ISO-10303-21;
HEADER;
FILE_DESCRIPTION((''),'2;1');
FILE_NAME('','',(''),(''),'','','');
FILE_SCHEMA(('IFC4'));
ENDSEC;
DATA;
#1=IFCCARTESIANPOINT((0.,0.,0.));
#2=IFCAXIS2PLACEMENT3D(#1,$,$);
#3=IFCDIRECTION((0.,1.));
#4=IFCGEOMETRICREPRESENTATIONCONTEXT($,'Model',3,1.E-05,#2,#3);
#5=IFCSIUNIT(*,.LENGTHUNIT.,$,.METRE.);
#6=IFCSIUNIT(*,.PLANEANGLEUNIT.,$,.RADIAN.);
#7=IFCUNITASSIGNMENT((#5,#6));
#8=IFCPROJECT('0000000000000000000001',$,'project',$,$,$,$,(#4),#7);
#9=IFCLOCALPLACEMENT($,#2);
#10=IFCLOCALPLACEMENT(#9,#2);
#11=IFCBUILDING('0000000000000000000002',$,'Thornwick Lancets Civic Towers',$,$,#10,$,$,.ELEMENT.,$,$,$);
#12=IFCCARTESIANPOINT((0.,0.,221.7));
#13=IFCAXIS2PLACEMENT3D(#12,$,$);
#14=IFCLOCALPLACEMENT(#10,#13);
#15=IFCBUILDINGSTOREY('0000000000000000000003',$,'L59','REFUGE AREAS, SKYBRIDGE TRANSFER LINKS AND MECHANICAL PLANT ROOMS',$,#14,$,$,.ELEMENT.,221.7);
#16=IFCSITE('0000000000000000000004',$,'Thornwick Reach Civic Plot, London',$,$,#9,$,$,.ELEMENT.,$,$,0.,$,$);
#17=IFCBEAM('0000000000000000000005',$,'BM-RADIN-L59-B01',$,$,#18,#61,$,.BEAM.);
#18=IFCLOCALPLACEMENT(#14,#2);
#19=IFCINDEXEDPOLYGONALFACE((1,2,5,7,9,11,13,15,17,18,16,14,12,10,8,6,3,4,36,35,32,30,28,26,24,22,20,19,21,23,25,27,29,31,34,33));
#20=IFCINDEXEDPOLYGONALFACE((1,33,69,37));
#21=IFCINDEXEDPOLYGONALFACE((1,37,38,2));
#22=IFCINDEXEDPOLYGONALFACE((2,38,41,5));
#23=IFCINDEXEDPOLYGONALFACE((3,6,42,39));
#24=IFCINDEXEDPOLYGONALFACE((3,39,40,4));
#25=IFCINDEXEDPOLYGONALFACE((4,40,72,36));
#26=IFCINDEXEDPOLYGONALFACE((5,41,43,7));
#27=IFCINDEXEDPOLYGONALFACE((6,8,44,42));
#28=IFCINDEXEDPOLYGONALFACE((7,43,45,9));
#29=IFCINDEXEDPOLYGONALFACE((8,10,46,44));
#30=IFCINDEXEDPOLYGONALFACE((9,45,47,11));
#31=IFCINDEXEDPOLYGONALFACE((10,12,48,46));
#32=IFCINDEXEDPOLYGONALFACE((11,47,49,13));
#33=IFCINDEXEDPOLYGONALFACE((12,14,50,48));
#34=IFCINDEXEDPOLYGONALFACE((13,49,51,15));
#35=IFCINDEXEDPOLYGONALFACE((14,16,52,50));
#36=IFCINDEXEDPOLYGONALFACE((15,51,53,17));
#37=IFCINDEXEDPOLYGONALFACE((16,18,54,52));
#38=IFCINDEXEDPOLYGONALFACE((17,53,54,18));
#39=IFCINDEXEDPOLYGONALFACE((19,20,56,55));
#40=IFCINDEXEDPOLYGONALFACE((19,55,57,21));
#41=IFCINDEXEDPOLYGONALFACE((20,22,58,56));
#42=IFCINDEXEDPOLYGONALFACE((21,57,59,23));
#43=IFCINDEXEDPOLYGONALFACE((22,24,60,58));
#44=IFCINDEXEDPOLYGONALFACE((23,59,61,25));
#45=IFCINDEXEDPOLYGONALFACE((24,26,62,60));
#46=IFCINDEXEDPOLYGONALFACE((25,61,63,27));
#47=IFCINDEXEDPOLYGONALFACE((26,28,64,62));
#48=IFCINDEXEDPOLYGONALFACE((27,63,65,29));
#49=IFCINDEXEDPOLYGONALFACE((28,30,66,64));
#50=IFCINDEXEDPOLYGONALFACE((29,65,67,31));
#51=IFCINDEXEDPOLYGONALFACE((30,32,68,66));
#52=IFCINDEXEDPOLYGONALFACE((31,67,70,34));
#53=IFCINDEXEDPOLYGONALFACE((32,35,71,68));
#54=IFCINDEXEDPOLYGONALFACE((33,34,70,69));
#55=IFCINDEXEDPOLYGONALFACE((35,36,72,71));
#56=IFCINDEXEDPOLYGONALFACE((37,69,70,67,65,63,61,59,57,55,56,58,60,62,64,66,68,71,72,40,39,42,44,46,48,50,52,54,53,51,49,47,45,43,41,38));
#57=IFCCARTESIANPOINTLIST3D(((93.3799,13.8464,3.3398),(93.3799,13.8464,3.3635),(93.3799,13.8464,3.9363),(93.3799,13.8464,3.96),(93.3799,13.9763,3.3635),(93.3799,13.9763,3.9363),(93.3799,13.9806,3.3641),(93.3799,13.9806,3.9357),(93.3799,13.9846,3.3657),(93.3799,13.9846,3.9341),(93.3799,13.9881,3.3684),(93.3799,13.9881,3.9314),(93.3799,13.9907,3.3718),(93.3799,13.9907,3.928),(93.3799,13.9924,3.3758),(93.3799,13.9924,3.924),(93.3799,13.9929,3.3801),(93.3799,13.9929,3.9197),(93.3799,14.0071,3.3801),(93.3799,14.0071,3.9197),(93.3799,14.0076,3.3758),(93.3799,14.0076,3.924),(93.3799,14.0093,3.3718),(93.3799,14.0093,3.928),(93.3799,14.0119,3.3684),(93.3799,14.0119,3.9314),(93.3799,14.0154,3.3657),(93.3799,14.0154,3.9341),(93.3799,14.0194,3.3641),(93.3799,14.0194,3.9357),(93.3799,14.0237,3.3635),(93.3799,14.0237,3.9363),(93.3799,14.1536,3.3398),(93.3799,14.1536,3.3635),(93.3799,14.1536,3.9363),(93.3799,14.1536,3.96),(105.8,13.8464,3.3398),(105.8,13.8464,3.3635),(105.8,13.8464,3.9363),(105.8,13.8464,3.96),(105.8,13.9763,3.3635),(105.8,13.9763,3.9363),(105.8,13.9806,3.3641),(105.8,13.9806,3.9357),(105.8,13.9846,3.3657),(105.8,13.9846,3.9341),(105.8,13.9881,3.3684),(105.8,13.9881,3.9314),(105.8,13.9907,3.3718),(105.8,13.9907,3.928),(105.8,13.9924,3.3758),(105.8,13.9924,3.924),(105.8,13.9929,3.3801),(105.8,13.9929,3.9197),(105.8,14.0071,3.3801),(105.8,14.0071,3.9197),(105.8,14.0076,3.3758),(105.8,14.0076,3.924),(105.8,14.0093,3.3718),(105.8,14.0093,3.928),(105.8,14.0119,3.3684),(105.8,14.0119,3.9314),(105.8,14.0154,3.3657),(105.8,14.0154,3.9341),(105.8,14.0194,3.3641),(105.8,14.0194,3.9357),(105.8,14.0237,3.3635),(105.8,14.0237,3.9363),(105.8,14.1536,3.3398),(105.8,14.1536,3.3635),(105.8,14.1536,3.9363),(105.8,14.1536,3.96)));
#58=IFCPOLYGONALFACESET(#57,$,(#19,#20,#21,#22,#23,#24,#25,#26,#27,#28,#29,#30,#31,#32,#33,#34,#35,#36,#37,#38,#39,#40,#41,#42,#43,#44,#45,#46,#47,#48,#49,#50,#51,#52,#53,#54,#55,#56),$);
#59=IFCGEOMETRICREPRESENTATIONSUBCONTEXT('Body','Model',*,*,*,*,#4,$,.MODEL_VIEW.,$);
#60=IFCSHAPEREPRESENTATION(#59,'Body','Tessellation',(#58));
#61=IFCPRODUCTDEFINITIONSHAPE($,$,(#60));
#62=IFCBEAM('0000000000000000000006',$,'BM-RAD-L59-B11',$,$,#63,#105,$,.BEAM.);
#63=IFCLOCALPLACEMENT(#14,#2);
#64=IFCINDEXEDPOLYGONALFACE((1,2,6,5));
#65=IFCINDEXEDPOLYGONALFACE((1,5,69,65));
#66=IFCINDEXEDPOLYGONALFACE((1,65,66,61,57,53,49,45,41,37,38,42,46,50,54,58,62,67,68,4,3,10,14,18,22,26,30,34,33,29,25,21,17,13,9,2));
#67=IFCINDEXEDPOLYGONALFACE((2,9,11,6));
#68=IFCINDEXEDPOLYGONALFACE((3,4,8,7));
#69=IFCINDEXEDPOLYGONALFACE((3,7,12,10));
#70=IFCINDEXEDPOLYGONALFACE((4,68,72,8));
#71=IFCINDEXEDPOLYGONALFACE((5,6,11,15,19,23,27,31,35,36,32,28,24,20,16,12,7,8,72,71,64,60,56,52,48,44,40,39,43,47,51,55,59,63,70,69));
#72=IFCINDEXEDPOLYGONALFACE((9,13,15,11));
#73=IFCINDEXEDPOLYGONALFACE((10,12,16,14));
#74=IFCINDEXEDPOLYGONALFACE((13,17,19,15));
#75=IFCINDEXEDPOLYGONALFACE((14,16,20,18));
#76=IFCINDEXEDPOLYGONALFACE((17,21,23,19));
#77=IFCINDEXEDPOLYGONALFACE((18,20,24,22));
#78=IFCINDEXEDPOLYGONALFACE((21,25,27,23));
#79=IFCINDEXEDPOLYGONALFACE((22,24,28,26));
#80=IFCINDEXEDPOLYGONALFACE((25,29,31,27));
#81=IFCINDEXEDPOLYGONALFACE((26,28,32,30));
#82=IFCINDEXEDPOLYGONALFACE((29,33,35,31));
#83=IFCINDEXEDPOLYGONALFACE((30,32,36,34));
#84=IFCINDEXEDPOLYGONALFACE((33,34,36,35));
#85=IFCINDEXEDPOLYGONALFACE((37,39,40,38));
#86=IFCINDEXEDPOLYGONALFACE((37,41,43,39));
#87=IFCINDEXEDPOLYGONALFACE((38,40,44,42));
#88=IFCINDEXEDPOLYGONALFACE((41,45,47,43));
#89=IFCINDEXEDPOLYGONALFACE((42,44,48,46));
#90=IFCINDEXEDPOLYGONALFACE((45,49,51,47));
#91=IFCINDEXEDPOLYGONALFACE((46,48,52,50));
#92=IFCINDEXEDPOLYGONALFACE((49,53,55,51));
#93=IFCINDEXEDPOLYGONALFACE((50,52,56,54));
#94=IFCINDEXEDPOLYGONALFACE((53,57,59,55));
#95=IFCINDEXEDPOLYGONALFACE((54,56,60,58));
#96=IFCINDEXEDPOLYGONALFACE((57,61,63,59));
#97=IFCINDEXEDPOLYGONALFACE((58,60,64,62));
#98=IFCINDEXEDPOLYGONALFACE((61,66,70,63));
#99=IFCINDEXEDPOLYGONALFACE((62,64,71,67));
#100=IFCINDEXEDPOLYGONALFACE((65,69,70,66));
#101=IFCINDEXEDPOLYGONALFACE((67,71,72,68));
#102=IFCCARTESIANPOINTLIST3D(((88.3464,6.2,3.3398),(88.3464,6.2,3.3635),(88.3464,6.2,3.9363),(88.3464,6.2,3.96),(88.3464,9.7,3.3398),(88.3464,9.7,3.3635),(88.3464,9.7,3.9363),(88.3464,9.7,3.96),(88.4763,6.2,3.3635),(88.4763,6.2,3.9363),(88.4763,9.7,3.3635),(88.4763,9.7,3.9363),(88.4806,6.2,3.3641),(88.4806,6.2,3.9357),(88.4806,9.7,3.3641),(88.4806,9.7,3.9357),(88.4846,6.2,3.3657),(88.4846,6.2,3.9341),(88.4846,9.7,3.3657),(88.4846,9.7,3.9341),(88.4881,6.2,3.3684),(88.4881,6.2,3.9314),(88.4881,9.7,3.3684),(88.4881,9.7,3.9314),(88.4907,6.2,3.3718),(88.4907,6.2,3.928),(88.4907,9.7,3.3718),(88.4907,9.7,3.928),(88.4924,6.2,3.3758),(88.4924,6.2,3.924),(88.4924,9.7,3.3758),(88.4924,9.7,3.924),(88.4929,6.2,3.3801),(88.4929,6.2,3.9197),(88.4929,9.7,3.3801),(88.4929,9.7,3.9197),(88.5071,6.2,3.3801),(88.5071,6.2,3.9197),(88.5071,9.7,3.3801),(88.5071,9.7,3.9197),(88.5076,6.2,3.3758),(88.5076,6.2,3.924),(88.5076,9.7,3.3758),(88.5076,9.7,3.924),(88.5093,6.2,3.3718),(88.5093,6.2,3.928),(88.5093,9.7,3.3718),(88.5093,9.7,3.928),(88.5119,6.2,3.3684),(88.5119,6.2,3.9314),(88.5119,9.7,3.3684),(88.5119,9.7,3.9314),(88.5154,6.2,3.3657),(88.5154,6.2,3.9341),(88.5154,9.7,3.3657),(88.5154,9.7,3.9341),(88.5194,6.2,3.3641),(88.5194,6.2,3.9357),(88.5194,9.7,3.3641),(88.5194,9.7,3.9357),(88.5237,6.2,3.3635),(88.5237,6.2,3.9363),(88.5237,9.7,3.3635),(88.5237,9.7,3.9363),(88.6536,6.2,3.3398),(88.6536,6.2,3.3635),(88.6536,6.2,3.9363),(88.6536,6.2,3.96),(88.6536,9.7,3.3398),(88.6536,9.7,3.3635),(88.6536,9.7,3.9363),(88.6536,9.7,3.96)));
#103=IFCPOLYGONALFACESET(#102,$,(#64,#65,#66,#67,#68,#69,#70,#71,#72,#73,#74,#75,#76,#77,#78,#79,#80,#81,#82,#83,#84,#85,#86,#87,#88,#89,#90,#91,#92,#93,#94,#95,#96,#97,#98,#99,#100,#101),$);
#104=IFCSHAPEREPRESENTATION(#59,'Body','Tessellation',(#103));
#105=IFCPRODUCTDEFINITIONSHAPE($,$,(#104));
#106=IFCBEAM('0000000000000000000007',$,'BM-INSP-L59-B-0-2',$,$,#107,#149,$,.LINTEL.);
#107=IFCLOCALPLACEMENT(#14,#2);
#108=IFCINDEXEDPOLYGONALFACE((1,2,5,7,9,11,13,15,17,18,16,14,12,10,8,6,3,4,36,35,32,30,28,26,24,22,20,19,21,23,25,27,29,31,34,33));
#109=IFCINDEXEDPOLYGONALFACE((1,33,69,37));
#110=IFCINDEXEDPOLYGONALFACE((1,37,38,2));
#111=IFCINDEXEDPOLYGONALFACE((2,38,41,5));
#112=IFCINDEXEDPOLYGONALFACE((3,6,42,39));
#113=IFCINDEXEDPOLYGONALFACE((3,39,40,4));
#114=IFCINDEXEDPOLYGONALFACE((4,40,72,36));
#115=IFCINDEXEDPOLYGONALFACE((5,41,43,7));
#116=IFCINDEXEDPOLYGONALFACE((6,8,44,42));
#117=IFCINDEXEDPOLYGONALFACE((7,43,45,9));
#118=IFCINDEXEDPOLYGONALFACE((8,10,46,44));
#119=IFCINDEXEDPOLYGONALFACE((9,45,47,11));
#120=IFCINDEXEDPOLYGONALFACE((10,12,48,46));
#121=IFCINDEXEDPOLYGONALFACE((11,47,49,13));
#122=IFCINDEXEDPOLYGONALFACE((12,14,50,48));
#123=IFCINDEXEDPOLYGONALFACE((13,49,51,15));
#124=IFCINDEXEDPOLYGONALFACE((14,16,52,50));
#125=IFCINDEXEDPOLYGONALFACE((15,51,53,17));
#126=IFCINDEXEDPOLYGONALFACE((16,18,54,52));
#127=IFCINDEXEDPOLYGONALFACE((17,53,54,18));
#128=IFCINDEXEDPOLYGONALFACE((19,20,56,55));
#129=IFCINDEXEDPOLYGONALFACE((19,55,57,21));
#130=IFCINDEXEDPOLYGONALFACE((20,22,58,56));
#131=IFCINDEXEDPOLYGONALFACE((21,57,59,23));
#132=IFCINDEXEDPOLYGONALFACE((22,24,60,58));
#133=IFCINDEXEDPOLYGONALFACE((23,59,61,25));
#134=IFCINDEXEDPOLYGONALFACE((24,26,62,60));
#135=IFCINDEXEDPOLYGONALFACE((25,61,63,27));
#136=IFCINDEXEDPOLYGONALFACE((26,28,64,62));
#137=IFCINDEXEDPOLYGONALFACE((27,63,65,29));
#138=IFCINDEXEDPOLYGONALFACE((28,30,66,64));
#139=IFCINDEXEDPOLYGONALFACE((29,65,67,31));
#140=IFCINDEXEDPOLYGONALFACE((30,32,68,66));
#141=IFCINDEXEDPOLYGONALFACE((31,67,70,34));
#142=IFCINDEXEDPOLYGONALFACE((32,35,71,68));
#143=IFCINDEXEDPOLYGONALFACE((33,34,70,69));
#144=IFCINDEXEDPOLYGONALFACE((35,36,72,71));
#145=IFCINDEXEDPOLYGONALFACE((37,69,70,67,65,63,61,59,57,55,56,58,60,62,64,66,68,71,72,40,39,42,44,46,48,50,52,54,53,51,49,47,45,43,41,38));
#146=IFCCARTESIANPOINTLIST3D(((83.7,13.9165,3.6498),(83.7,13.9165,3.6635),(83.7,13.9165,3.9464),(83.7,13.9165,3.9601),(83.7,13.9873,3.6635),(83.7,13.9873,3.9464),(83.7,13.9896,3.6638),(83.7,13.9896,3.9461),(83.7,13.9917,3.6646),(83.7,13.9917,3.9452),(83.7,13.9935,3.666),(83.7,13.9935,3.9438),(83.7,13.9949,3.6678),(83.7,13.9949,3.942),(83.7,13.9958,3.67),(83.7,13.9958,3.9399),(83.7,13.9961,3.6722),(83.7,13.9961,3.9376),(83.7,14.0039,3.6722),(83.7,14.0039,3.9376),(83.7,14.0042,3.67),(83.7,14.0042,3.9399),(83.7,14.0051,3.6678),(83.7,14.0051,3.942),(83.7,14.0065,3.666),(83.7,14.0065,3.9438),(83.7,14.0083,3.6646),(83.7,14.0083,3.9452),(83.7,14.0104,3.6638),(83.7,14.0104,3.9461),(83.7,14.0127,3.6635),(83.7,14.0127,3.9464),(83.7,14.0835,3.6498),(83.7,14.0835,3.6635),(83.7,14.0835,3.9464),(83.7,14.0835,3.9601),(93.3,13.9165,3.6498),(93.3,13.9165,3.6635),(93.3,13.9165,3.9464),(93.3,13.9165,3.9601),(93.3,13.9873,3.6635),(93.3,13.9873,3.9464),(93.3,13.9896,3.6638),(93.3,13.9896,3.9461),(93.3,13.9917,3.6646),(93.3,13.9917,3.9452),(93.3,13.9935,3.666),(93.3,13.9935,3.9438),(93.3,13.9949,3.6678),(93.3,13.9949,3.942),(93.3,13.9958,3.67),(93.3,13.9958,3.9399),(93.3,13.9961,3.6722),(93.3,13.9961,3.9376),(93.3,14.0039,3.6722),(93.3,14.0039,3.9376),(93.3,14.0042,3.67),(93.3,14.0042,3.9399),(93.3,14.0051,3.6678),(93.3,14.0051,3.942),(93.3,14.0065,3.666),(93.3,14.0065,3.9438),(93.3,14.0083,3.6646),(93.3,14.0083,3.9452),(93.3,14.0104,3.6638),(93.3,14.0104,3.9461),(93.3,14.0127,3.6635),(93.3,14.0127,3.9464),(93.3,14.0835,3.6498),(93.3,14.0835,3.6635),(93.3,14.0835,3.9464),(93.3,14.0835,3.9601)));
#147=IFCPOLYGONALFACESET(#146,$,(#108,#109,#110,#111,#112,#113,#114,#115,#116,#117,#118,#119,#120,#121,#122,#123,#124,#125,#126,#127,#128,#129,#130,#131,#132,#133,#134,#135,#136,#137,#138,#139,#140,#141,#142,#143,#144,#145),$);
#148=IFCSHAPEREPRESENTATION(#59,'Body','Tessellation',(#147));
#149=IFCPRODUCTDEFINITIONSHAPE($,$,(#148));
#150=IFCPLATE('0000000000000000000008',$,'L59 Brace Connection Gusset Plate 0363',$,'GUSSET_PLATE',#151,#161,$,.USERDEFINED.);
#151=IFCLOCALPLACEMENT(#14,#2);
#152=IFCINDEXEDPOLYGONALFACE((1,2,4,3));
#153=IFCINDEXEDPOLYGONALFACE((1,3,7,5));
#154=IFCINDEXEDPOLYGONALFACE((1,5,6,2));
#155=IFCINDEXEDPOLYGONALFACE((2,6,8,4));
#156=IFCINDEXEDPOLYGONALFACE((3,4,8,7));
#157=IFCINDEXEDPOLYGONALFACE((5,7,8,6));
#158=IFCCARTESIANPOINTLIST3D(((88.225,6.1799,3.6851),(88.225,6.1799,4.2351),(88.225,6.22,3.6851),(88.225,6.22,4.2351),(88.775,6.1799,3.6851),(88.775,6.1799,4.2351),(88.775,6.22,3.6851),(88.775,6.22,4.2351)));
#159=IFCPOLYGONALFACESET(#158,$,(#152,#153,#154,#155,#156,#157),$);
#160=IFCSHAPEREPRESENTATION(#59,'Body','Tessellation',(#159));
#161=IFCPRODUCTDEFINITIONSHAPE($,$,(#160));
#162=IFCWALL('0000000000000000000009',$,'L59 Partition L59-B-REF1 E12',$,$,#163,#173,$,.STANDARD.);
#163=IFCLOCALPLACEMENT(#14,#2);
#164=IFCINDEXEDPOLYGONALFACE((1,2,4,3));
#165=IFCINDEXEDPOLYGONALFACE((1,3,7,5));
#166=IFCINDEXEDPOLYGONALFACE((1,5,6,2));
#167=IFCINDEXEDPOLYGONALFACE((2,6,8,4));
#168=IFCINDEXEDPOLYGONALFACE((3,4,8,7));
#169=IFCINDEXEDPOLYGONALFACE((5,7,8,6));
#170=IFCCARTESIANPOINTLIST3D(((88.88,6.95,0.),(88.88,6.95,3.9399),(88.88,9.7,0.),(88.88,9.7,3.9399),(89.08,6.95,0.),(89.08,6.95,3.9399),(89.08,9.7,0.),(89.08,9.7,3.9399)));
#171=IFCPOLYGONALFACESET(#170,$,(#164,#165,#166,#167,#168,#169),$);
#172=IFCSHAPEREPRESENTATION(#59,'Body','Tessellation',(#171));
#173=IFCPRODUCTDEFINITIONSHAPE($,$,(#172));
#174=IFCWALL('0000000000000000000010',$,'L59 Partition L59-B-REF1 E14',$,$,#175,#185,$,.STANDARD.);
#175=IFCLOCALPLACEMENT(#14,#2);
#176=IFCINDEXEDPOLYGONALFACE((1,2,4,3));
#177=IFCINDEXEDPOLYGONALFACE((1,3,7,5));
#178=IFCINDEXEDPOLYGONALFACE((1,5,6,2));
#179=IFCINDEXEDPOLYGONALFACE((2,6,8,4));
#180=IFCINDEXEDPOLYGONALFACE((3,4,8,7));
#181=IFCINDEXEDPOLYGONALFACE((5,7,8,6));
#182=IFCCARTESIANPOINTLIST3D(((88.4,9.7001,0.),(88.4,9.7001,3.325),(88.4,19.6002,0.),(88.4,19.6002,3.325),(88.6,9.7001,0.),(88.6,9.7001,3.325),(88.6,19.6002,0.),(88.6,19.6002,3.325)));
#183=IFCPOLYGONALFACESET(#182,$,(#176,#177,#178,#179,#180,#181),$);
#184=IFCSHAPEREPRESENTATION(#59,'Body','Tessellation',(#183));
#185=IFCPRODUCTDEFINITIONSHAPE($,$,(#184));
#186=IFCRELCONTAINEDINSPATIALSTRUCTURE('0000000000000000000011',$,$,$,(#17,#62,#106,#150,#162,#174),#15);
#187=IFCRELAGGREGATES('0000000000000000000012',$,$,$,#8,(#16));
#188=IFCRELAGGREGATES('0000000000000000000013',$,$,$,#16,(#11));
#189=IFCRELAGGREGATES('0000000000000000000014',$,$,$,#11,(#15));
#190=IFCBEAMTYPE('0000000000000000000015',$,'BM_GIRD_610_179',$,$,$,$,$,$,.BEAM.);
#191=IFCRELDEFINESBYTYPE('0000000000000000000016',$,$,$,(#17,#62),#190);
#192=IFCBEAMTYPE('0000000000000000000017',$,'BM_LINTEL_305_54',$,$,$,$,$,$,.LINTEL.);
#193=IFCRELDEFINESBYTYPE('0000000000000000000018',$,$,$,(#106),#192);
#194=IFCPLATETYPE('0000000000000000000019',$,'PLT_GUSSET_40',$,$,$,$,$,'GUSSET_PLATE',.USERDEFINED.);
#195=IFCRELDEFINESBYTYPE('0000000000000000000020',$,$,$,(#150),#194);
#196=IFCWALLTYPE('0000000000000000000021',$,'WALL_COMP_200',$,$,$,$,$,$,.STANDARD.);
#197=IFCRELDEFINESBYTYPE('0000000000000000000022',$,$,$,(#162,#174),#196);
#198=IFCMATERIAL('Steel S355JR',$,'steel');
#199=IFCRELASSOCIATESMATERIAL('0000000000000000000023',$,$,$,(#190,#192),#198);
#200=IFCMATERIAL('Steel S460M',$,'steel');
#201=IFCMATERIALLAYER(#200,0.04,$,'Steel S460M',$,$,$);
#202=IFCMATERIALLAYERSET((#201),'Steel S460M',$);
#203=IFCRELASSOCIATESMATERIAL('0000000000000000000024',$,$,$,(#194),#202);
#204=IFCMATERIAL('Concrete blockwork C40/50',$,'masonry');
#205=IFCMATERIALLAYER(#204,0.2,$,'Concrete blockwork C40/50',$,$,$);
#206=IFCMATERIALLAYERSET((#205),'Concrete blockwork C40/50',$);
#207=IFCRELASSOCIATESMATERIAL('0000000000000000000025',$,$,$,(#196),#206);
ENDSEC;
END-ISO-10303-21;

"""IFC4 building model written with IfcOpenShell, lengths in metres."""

from ifc_helpers import new_model, si_unit, direction, frame, frame_2d, origin, origin_2d, place, context, subcontext, project, spatial, rectangle, i_section, extrude, material, layer, layer_set, material_profile, profile_set, type_object, element, save


model = new_model("IFC4")

# Units and contexts
model_context = context("Model", 3, precision=1e-05, world=origin(), true_north=direction((0.0, 1.0)))
body_context = subcontext(model_context, "Body", "Model", "MODEL_VIEW")
ifc_project = project(units=[si_unit("LENGTHUNIT", "METRE"), si_unit("PLANEANGLEUNIT", "RADIAN")], contexts=[model_context])

# Site, building, storey
site_placement = place(None, origin())
site = spatial("IfcSite", under=ifc_project, at=site_placement, Name="Thornwick Reach Civic Plot, London", CompositionType="ELEMENT", RefElevation=0.0)
building_placement = place(site_placement, origin())
building = spatial("IfcBuilding", under=site, at=building_placement, Name="Thornwick Lancets Civic Towers", CompositionType="ELEMENT")
storey_placement = place(building_placement, frame((0.0, 0.0, 221.7)))
storey = spatial("IfcBuildingStorey", under=building, at=storey_placement, Name="L59", Description="REFUGE AREAS, SKYBRIDGE TRANSFER LINKS AND MECHANICAL PLANT ROOMS", CompositionType="ELEMENT", Elevation=221.7)

# Shared definitions
ifc_material_1 = material(Name="Steel S355JR", Category="steel")

# Beams
ifc_material_profile_1 = material_profile(ifc_material_1, i_section(OverallWidth=0.3071, OverallDepth=0.6201, WebThickness=0.0142, FlangeThickness=0.0237, FilletRadius=0.0166, at=origin_2d()), Name="UKB 610x305x179")
ifc_profile_set_1 = profile_set([ifc_material_profile_1], Name="Steel S355JR")
beam_type_1 = type_object("IfcBeamType", Name="BM_GIRD_610_179", PredefinedType="BEAM", material=ifc_profile_set_1)
beam_1_placement = place(storey_placement, frame((93.3799, 14.0, 3.6499), z_axis=(1.0, 0.0, 0.0), x_axis=(0.0, 1.0, 0.0)))
element("IfcBeam", 1, at=beam_1_placement, inside=storey, type_object=beam_type_1, Name="BM-RADIN-L59-B01", PredefinedType="BEAM", context=body_context, shape_type="SweptSolid", body=[
    extrude(i_section(OverallWidth=0.3071, OverallDepth=0.6201, WebThickness=0.0142, FlangeThickness=0.0237, FilletRadius=0.0166, at=origin_2d()), origin(), (0.0, 0.0, 1.0), 12.4202),
])
beam_2_placement = place(storey_placement, frame((88.5, 9.7, 3.6499), z_axis=(0.0, -1.0, 0.0), x_axis=(1.0, 0.0, 0.0)))
element("IfcBeam", 2, at=beam_2_placement, inside=storey, type_object=beam_type_1, Name="BM-RAD-L59-B11", PredefinedType="BEAM", context=body_context, shape_type="SweptSolid", body=[
    extrude(i_section(OverallWidth=0.3071, OverallDepth=0.6201, WebThickness=0.0142, FlangeThickness=0.0237, FilletRadius=0.0166, at=origin_2d()), origin(), (0.0, 0.0, 1.0), 3.5),
])
ifc_material_profile_2 = material_profile(ifc_material_1, i_section(OverallWidth=0.167, OverallDepth=0.3103, WebThickness=0.0078, FlangeThickness=0.0137, FilletRadius=0.0088, at=origin_2d()), Name="UKB 305x165x54")
ifc_profile_set_2 = profile_set([ifc_material_profile_2], Name="Steel S355JR")
beam_type_2 = type_object("IfcBeamType", Name="BM_LINTEL_305_54", PredefinedType="LINTEL", material=ifc_profile_set_2)
beam_3_placement = place(storey_placement, frame((93.3, 14.0, 3.8049), z_axis=(-1.0, 0.0, 0.0), x_axis=(0.0, -1.0, 0.0)))
element("IfcBeam", 3, at=beam_3_placement, inside=storey, type_object=beam_type_2, Name="BM-INSP-L59-B-0-2", PredefinedType="LINTEL", context=body_context, shape_type="SweptSolid", body=[
    extrude(i_section(OverallWidth=0.167, OverallDepth=0.3103, WebThickness=0.0078, FlangeThickness=0.0137, FilletRadius=0.0088, at=origin_2d()), origin(), (0.0, 0.0, 1.0), 9.6001),
])

# Plate
ifc_material_2 = material(Name="Steel S460M", Category="steel")
ifc_layer_1 = layer(ifc_material_2, 0.04, Name="Steel S460M")
ifc_layer_set_1 = layer_set([ifc_layer_1], Name="Steel S460M")
plate_type = type_object("IfcPlateType", Name="PLT_GUSSET_40", ElementType="GUSSET_PLATE", PredefinedType="USERDEFINED", material=ifc_layer_set_1)
plate_placement = place(storey_placement, frame((88.5, 6.2, 3.6851), z_axis=(0.0, 0.0, 1.0), x_axis=(-1.0, 0.0, 0.0)))
element("IfcPlate", 4, at=plate_placement, inside=storey, type_object=plate_type, Name="L59 Brace Connection Gusset Plate 0363", ObjectType="GUSSET_PLATE", PredefinedType="USERDEFINED", context=body_context, shape_type="SweptSolid", body=[
    extrude(rectangle(XDim=0.55, YDim=0.04, at=origin_2d()), origin(), (0.0, 0.0, 1.0), 0.55),
])

# Walls
ifc_material_3 = material(Name="Concrete blockwork C40/50", Category="masonry")
ifc_layer_2 = layer(ifc_material_3, 0.2, Name="Concrete blockwork C40/50")
ifc_layer_set_2 = layer_set([ifc_layer_2], Name="Concrete blockwork C40/50")
wall_type_1 = type_object("IfcWallType", Name="WALL_COMP_200", PredefinedType="STANDARD", material=ifc_layer_set_2)
wall_1_placement = place(storey_placement, frame((88.98, 6.95, 0.0), z_axis=(0.0, 0.0, 1.0), x_axis=(0.0, 1.0, 0.0)))
element("IfcWall", 5, at=wall_1_placement, inside=storey, type_object=wall_type_1, Name="L59 Partition L59-B-REF1 E12", PredefinedType="STANDARD", context=body_context, shape_type="SweptSolid", body=[
    extrude(rectangle(XDim=2.75, YDim=0.2, at=frame_2d((1.375, 0.0))), origin(), (0.0, 0.0, 1.0), 3.9399),
])
wall_2_placement = place(storey_placement, frame((88.5, 9.7, 0.0), z_axis=(0.0, 0.0, 1.0), x_axis=(0.0, 1.0, 0.0)))
element("IfcWall", 6, at=wall_2_placement, inside=storey, type_object=wall_type_1, Name="L59 Partition L59-B-REF1 E14", PredefinedType="STANDARD", context=body_context, shape_type="SweptSolid", body=[
    extrude(rectangle(XDim=9.9001, YDim=0.2, at=frame_2d((4.9502, 0.0))), origin(), (0.0, 0.0, 1.0), 3.325),
])

save(model, "model.ifc")
